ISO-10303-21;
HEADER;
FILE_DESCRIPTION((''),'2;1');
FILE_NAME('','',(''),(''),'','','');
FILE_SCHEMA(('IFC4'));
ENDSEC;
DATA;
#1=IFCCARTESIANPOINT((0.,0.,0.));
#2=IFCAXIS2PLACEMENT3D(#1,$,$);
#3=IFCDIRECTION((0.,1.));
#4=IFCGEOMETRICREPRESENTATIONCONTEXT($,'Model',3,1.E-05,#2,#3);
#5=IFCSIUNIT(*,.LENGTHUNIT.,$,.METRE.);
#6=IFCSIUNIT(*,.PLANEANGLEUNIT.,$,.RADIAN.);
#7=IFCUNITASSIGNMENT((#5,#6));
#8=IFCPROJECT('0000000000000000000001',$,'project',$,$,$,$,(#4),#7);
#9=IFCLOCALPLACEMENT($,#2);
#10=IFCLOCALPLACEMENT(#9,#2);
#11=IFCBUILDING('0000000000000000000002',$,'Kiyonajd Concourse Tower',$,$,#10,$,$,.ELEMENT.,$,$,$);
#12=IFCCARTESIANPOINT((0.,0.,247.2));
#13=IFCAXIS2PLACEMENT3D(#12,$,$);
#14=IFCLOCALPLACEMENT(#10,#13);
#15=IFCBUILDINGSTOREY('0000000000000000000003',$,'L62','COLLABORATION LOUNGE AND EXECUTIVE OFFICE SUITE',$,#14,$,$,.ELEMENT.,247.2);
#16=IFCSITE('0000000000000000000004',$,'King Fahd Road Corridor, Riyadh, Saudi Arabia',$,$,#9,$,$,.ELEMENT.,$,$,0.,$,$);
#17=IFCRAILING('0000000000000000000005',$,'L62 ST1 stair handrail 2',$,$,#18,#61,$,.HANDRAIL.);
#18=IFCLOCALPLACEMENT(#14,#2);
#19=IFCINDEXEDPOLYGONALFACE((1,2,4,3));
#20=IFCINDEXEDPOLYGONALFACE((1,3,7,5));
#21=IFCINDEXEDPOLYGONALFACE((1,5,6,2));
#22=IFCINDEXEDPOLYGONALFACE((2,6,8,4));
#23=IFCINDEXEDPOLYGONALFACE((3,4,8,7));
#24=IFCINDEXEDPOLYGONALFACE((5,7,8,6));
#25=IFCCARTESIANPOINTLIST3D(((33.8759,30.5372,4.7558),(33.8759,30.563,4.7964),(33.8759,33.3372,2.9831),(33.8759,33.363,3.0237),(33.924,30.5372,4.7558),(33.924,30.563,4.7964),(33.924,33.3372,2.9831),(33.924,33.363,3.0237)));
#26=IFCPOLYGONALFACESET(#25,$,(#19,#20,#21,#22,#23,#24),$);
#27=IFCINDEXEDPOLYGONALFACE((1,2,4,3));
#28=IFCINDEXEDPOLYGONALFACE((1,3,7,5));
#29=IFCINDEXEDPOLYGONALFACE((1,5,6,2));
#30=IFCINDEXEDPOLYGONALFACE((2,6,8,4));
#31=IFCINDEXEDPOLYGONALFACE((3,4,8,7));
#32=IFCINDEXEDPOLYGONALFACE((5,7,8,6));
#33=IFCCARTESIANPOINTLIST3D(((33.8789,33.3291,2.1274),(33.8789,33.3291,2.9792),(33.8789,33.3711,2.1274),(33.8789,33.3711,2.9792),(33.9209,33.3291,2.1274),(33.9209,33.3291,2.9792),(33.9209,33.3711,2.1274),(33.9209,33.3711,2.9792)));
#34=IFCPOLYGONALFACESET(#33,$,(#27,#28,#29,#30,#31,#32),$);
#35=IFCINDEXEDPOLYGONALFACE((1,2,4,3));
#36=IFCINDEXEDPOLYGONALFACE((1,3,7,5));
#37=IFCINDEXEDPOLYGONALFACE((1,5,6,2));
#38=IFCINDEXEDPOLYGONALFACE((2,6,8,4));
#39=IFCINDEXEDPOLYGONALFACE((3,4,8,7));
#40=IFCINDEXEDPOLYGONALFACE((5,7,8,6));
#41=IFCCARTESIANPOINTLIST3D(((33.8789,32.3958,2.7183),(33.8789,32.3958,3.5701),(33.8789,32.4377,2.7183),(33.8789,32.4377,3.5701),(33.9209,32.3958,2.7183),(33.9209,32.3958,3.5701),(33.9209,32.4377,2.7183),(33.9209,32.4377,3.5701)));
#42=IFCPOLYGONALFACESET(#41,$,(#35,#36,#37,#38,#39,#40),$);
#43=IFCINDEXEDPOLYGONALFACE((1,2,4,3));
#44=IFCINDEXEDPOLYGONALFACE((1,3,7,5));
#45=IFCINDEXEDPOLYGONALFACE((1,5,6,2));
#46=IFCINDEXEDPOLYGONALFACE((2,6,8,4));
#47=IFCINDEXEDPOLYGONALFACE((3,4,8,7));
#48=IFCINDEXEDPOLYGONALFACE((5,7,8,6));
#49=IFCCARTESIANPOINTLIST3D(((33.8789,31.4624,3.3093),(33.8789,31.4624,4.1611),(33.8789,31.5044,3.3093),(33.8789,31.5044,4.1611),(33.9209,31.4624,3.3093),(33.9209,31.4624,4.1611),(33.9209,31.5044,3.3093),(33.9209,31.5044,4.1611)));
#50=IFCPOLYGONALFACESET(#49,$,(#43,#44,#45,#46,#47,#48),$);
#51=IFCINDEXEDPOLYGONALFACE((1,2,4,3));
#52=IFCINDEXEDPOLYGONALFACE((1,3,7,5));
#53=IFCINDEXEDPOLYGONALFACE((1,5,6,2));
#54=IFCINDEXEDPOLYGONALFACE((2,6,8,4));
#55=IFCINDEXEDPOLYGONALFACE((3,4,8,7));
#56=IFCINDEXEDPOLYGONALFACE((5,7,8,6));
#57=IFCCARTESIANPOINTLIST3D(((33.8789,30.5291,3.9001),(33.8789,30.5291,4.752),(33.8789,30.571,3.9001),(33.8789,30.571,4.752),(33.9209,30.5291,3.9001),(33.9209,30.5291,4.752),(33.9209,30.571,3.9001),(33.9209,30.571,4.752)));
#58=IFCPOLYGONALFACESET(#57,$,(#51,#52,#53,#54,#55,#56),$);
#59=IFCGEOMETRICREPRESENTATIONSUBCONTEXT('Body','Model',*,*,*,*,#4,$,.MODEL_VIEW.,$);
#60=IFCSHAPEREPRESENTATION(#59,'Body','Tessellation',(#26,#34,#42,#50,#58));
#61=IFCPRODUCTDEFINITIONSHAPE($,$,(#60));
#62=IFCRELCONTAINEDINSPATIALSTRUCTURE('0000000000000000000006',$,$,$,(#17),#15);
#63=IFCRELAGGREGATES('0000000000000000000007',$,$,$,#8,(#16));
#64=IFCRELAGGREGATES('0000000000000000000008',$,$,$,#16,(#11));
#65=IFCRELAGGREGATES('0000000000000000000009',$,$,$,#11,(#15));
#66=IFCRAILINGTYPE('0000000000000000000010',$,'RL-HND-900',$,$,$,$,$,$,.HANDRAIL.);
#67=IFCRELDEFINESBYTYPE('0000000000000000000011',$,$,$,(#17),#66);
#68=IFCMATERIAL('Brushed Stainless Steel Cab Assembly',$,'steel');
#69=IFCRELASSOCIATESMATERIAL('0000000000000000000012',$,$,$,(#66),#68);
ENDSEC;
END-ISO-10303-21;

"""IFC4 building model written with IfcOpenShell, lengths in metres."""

from ifc_helpers import new_model, si_unit, direction, frame, origin, origin_2d, place, context, subcontext, project, spatial, rectangle, extrude, material, type_object, element, save


model = new_model("IFC4")

# Units and contexts
model_context = context("Model", 3, precision=1e-05, world=origin(), true_north=direction((0.0, 1.0)))
body_context = subcontext(model_context, "Body", "Model", "MODEL_VIEW")
ifc_project = project(units=[si_unit("LENGTHUNIT", "METRE"), si_unit("PLANEANGLEUNIT", "RADIAN")], contexts=[model_context])

# Site, building, storey
site_placement = place(None, origin())
site = spatial("IfcSite", under=ifc_project, at=site_placement, Name="King Fahd Road Corridor, Riyadh, Saudi Arabia", CompositionType="ELEMENT", RefElevation=0.0)
building_placement = place(site_placement, origin())
building = spatial("IfcBuilding", under=site, at=building_placement, Name="Kiyonajd Concourse Tower", CompositionType="ELEMENT")
storey_placement = place(building_placement, frame((0.0, 0.0, 247.2)))
storey = spatial("IfcBuildingStorey", under=building, at=storey_placement, Name="L62", Description="COLLABORATION LOUNGE AND EXECUTIVE OFFICE SUITE", CompositionType="ELEMENT", Elevation=247.2)

# Shared definitions
ifc_material_1 = material(Name="Brushed Stainless Steel Cab Assembly", Category="steel")

# Railing
railing_type_1 = type_object("IfcRailingType", Name="RL-HND-900", PredefinedType="HANDRAIL", material=ifc_material_1)
railing_1_placement = place(storey_placement, frame((33.8999, 33.3501, 2.1274)))
element("IfcRailing", 1, at=railing_1_placement, inside=storey, type_object=railing_type_1, Name="L62 ST1 stair handrail 2", PredefinedType="HANDRAIL", context=body_context, shape_type="SweptSolid", body=[
    extrude(rectangle(XDim=0.0481, YDim=0.0481, at=origin_2d()), frame((0.0, 0.0, 0.876), z_axis=(0.0, -0.844909, 0.53491), x_axis=(1.0, 0.0, 0.0)), (0.0, 0.0, 1.0), 3.314),
    extrude(rectangle(XDim=0.042, YDim=0.042, at=origin_2d()), origin(), (0.0, 0.0, 1.0), 0.8518),
    extrude(rectangle(XDim=0.042, YDim=0.042, at=origin_2d()), frame((0.0, -0.9333, 0.5908)), (0.0, 0.0, 1.0), 0.8518),
    extrude(rectangle(XDim=0.042, YDim=0.042, at=origin_2d()), frame((0.0, -1.8667, 1.1819)), (0.0, 0.0, 1.0), 0.8518),
    extrude(rectangle(XDim=0.042, YDim=0.042, at=origin_2d()), frame((0.0, -2.8, 1.7727)), (0.0, 0.0, 1.0), 0.8518),
])

save(model, "model.ifc")
